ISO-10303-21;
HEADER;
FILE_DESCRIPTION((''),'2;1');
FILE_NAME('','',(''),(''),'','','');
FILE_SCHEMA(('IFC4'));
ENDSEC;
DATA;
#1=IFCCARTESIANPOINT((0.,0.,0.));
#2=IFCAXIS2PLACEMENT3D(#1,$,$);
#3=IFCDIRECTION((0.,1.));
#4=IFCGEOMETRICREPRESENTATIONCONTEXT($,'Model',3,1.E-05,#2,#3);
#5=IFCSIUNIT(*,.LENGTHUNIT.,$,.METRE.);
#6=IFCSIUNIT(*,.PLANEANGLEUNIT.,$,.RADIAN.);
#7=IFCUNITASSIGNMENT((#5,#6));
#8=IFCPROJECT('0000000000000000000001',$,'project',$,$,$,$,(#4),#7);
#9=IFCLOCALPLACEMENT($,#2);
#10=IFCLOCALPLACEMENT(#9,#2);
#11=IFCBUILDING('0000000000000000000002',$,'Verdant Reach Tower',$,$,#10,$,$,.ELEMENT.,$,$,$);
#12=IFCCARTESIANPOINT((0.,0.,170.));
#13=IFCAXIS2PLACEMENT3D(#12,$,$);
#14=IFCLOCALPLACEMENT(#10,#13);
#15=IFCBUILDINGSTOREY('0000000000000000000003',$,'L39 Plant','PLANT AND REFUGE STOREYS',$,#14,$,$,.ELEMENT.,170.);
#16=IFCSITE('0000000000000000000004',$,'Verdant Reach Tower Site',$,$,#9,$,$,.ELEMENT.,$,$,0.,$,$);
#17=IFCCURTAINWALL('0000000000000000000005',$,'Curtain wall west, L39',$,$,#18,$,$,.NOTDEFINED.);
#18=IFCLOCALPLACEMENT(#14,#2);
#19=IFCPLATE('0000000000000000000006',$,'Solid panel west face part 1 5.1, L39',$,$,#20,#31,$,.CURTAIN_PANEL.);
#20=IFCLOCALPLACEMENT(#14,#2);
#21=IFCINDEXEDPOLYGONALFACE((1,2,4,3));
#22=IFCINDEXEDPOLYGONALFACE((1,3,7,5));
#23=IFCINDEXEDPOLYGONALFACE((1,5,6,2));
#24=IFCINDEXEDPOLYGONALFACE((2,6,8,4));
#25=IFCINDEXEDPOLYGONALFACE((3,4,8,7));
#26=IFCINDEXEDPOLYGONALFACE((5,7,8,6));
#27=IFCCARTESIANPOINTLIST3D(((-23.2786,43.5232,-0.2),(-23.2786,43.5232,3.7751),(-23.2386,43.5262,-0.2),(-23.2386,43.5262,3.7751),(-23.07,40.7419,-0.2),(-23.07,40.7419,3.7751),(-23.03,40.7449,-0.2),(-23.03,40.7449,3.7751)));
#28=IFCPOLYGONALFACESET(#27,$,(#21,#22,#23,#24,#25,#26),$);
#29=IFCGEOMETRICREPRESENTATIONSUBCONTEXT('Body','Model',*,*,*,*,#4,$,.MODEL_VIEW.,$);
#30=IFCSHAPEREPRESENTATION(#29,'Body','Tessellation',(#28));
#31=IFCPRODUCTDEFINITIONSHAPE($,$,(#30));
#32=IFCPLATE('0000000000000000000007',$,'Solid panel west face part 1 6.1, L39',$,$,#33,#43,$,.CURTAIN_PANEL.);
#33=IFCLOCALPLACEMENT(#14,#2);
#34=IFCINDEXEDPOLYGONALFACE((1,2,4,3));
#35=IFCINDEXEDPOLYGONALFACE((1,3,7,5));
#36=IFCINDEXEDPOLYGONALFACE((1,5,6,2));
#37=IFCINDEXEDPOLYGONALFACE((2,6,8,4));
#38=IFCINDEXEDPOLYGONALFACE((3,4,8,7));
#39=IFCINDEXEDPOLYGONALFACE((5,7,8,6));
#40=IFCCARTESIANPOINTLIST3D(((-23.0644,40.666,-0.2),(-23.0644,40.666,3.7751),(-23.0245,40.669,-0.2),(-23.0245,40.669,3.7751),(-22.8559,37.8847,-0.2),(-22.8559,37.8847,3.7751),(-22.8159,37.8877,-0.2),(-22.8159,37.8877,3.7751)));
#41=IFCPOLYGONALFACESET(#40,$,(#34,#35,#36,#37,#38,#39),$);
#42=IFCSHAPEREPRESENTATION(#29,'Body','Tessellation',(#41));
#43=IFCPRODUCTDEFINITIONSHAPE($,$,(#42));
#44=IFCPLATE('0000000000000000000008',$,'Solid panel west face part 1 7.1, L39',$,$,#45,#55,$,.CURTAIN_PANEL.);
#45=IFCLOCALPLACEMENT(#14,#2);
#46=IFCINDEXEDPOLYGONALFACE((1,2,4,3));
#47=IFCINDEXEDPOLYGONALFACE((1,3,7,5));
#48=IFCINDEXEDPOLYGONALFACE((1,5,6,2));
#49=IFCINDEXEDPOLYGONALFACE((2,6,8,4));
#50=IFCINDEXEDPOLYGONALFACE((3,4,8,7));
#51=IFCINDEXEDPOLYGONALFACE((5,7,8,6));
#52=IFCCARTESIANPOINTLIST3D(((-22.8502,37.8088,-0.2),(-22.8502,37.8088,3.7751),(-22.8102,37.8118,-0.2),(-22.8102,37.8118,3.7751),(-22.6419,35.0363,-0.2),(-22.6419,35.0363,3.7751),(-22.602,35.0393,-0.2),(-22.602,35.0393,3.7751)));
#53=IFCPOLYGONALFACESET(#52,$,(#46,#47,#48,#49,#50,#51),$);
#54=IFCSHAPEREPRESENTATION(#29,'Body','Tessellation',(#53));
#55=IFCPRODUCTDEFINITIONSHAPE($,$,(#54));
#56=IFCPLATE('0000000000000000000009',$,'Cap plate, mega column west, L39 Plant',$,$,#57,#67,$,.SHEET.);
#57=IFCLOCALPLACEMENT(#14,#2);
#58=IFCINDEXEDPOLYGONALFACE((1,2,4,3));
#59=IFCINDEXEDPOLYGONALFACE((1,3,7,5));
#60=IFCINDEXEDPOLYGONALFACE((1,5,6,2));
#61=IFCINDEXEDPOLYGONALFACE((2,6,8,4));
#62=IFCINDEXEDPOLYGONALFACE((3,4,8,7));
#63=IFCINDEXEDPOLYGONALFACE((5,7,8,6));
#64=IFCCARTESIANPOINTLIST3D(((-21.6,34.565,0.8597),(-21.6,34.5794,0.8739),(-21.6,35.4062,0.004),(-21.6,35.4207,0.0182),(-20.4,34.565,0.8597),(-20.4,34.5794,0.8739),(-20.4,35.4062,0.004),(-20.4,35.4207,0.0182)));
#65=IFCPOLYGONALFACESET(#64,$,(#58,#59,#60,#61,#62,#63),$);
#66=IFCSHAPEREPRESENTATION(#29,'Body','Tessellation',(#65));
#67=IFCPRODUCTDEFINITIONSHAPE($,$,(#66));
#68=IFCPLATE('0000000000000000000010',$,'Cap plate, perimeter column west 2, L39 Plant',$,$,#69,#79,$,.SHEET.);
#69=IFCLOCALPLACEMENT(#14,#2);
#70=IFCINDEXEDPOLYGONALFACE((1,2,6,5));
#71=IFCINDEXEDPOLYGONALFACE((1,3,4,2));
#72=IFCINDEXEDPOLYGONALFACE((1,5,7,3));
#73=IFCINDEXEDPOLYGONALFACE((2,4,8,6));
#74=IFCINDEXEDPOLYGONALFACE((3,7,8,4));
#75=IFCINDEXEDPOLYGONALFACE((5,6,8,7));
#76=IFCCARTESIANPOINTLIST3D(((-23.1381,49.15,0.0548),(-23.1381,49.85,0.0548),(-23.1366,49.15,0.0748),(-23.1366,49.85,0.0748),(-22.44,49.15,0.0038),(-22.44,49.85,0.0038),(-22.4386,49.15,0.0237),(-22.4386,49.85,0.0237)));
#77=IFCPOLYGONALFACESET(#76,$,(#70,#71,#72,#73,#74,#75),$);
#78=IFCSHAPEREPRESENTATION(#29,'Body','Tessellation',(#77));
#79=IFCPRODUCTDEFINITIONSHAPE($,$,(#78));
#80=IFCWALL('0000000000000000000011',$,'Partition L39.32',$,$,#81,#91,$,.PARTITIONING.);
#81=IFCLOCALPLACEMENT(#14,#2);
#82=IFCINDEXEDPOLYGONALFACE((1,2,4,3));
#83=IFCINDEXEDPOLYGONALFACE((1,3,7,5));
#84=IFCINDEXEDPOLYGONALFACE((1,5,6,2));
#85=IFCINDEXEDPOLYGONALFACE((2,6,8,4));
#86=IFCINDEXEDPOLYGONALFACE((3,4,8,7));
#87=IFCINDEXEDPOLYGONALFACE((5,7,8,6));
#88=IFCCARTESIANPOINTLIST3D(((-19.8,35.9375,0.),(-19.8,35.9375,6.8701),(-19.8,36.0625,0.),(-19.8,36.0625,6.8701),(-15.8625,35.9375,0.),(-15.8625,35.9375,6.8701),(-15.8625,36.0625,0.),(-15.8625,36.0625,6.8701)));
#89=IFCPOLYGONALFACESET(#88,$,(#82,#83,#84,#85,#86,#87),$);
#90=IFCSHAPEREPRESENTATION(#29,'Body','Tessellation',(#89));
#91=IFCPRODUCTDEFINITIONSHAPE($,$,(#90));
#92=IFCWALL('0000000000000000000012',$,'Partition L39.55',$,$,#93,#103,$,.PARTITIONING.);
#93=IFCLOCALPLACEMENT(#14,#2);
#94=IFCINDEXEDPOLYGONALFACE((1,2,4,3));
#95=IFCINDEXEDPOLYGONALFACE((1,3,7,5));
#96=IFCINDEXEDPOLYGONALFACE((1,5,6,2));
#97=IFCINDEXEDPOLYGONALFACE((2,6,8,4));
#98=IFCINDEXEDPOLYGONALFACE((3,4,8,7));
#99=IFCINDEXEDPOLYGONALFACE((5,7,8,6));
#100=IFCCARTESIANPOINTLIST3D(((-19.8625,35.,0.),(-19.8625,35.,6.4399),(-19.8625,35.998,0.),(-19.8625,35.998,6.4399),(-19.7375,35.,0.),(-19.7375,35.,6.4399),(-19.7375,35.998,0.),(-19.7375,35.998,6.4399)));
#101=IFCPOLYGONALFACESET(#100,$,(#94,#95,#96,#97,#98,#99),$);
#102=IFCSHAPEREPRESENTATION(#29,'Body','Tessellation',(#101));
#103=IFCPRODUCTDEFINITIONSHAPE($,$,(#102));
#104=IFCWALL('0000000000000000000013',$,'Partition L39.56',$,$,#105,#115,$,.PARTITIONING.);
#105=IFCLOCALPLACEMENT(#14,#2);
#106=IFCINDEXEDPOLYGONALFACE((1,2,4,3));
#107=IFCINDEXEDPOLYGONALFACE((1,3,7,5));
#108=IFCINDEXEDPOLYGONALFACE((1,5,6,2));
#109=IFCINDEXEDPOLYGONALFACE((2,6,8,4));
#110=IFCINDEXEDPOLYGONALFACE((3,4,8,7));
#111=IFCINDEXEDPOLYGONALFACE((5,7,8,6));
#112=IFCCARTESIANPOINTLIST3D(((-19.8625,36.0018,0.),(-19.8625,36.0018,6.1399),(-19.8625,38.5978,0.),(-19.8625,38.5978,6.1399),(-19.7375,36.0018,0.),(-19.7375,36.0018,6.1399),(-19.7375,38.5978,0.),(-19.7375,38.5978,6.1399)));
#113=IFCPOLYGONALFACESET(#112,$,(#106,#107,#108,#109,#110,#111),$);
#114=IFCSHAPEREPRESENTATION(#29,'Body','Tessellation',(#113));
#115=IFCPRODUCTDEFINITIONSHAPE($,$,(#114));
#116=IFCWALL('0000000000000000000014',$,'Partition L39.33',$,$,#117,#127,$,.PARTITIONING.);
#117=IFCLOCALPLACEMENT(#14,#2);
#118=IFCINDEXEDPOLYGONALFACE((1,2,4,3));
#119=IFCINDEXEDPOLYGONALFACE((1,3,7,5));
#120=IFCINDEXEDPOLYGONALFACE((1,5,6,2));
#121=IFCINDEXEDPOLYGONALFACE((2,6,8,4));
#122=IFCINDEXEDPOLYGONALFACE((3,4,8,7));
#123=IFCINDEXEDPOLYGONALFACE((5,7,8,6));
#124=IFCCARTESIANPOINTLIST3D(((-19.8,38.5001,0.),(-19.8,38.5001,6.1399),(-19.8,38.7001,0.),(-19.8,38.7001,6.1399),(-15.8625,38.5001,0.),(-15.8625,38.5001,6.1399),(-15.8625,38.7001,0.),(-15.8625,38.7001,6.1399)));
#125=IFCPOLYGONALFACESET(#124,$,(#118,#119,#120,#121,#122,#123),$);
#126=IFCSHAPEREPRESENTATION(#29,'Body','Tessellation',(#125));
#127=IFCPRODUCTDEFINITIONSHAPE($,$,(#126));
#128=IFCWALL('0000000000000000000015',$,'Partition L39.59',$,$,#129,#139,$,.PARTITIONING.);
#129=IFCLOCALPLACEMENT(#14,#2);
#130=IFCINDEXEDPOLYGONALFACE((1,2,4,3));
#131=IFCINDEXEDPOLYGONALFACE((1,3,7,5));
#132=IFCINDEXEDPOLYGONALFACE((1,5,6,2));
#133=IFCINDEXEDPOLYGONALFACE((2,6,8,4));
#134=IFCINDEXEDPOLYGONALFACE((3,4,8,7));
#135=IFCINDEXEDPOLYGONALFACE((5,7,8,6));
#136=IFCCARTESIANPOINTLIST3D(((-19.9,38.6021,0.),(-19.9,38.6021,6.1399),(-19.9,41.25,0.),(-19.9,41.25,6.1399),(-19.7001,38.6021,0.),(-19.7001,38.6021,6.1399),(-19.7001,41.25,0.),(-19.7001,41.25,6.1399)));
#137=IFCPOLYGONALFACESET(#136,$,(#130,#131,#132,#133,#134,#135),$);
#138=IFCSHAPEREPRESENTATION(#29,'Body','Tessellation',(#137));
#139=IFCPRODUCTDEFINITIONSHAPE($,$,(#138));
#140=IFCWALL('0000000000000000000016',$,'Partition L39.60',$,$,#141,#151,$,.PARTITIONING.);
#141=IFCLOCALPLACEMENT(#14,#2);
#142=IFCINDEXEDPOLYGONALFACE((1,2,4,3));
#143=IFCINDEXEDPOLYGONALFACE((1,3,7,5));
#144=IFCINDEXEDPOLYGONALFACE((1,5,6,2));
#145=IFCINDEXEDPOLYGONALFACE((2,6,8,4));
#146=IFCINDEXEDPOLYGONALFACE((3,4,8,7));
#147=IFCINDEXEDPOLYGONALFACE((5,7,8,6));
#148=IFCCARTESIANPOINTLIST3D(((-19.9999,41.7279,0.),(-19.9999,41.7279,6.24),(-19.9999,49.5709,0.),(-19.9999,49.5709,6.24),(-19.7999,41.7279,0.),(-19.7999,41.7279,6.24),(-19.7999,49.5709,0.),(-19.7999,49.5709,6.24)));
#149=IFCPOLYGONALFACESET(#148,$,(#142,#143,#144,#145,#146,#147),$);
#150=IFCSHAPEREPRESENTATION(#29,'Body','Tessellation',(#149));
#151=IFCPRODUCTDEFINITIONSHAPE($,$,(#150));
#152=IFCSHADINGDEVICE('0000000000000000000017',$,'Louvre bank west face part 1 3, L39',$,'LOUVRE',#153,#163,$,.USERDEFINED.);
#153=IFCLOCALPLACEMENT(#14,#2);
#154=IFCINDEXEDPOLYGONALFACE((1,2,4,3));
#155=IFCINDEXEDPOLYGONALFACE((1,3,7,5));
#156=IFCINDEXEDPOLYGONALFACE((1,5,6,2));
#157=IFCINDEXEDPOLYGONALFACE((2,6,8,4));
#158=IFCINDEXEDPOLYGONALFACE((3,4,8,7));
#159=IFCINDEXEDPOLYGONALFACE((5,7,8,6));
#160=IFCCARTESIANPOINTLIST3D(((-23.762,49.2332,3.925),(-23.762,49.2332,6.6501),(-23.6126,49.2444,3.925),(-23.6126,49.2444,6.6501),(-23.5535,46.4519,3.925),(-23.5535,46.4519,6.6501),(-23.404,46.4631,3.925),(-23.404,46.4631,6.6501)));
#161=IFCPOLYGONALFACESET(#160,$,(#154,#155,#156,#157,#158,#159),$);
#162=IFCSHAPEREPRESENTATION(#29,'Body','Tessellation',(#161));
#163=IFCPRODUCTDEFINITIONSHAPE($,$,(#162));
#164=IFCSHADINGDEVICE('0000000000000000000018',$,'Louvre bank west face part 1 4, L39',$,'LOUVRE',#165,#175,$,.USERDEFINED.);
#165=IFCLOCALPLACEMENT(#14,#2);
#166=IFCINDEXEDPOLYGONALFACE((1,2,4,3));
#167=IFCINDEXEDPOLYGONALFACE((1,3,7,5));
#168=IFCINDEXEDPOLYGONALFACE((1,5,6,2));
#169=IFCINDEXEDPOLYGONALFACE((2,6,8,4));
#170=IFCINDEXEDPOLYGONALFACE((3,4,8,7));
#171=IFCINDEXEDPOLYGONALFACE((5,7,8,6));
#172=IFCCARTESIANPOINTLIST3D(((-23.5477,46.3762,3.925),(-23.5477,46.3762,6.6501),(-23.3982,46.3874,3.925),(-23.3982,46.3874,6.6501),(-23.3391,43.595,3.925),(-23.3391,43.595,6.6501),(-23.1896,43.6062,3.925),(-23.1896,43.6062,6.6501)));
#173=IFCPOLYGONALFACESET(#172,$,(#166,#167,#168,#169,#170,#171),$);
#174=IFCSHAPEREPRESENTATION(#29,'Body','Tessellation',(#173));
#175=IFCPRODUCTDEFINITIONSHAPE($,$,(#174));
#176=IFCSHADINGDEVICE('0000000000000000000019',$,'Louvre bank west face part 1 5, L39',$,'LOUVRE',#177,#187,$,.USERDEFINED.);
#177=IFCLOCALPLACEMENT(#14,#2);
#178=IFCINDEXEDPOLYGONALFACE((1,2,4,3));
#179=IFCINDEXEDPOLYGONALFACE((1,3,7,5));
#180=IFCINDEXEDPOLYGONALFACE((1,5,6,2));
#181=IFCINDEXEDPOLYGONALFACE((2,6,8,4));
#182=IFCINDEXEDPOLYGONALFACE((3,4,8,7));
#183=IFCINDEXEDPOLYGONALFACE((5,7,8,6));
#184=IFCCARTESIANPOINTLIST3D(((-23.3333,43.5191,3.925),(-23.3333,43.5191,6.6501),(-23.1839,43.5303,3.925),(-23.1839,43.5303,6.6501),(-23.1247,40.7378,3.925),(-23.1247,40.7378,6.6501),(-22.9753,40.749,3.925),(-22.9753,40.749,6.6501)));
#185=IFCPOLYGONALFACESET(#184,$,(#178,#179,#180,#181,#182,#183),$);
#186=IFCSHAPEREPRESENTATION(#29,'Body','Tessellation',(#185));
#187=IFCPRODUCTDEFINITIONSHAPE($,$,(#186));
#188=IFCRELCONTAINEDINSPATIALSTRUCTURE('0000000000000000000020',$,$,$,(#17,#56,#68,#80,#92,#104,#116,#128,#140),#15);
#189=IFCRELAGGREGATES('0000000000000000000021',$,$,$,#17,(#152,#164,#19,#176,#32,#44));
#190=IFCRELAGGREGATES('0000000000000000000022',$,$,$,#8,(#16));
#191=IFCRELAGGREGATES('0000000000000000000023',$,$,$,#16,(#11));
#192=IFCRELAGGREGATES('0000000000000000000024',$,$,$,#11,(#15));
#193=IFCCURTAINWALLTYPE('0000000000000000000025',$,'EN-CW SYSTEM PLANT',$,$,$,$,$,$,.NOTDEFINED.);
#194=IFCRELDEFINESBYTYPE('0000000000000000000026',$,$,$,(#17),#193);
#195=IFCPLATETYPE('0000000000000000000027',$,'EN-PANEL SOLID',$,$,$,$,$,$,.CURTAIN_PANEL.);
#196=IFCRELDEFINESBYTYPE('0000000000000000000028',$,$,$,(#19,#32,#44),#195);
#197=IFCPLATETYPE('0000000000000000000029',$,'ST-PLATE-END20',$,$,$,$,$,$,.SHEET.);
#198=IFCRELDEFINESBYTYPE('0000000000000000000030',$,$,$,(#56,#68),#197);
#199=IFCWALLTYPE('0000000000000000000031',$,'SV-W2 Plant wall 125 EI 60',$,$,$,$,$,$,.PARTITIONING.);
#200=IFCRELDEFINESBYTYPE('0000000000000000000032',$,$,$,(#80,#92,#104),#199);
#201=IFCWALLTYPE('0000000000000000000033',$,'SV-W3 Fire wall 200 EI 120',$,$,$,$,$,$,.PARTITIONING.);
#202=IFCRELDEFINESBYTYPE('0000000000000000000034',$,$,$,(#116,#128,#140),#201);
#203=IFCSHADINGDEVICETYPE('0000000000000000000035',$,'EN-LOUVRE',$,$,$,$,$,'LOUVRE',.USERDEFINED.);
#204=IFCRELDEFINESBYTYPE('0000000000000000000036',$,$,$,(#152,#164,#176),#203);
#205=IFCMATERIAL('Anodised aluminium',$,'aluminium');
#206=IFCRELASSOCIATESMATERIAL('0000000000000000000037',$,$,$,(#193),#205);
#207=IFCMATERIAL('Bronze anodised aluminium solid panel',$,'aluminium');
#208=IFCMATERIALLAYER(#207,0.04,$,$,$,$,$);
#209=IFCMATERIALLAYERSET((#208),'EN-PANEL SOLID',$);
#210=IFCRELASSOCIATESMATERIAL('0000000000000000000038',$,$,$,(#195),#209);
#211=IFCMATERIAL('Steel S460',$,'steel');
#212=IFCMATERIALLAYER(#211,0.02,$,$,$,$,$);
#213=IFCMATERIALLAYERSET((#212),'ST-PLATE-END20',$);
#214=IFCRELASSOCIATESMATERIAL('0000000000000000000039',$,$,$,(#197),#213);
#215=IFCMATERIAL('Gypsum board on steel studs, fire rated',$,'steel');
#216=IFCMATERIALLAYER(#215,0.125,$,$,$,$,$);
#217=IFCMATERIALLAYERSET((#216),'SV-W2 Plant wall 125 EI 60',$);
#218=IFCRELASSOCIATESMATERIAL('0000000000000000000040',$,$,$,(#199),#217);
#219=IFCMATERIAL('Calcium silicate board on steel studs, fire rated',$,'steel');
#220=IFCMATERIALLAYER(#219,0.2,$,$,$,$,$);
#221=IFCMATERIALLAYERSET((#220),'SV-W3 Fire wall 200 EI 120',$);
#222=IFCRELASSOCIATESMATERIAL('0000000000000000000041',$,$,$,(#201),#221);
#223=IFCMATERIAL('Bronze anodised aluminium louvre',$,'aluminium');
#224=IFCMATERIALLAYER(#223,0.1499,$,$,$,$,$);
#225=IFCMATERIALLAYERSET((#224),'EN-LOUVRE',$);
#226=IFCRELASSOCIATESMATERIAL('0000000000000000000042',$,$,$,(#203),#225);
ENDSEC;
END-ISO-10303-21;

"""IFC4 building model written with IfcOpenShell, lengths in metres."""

from ifc_helpers import new_model, si_unit, direction, frame, frame_2d, origin, origin_2d, place, context, subcontext, project, spatial, rectangle, extrude, material, layer, layer_set, type_object, element, aggregate, save


model = new_model("IFC4")

# Units and contexts
model_context = context("Model", 3, precision=1e-05, world=origin(), true_north=direction((0.0, 1.0)))
body_context = subcontext(model_context, "Body", "Model", "MODEL_VIEW")
ifc_project = project(units=[si_unit("LENGTHUNIT", "METRE"), si_unit("PLANEANGLEUNIT", "RADIAN")], contexts=[model_context])

# Site, building, storey
site_placement = place(None, origin())
site = spatial("IfcSite", under=ifc_project, at=site_placement, Name="Verdant Reach Tower Site", CompositionType="ELEMENT", RefElevation=0.0)
building_placement = place(site_placement, origin())
building = spatial("IfcBuilding", under=site, at=building_placement, Name="Verdant Reach Tower", CompositionType="ELEMENT")
storey_placement = place(building_placement, frame((0.0, 0.0, 170.0)))
storey = spatial("IfcBuildingStorey", under=building, at=storey_placement, Name="L39 Plant", Description="PLANT AND REFUGE STOREYS", CompositionType="ELEMENT", Elevation=170.0)

# Shared definitions
ifc_material_1 = material(Name="Steel S460", Category="steel")

# Curtain wall
ifc_material_2 = material(Name="Anodised aluminium", Category="aluminium")
curtain_wall_type = type_object("IfcCurtainWallType", Name="EN-CW SYSTEM PLANT", PredefinedType="NOTDEFINED", material=ifc_material_2)
curtain_wall_placement = place(storey_placement, origin())
curtain_wall = element("IfcCurtainWall", 1, at=curtain_wall_placement, inside=storey, type_object=curtain_wall_type, Name="Curtain wall west, L39", PredefinedType="NOTDEFINED")

# Plates
ifc_material_3 = material(Name="Bronze anodised aluminium solid panel", Category="aluminium")
ifc_layer_1 = layer(ifc_material_3, 0.04)
ifc_layer_set_1 = layer_set([ifc_layer_1], Name="EN-PANEL SOLID")
plate_type_1 = type_object("IfcPlateType", Name="EN-PANEL SOLID", PredefinedType="CURTAIN_PANEL", material=ifc_layer_set_1)
plate_1_placement = place(storey_placement, frame((-23.1543, 42.134, -0.2), z_axis=(0.0, 0.0, 1.0), x_axis=(0.07479, -0.997199, 0.0)))
plate_1 = element("IfcPlate", 2, at=plate_1_placement, type_object=plate_type_1, Name="Solid panel west face part 1 5.1, L39", PredefinedType="CURTAIN_PANEL", context=body_context, shape_type="SweptSolid", body=[
    extrude(rectangle(XDim=2.7891, YDim=0.04, at=origin_2d()), origin(), (0.0, 0.0, 1.0), 3.9751),
])
plate_2_placement = place(storey_placement, frame((-22.9402, 39.2769, -0.2), z_axis=(0.0, 0.0, 1.0), x_axis=(0.07479, -0.997199, 0.0)))
plate_2 = element("IfcPlate", 3, at=plate_2_placement, type_object=plate_type_1, Name="Solid panel west face part 1 6.1, L39", PredefinedType="CURTAIN_PANEL", context=body_context, shape_type="SweptSolid", body=[
    extrude(rectangle(XDim=2.7891, YDim=0.04, at=origin_2d()), origin(), (0.0, 0.0, 1.0), 3.9751),
])
plate_3_placement = place(storey_placement, frame((-22.7261, 36.4241, -0.2), z_axis=(0.0, 0.0, 1.0), x_axis=(0.074906, -0.997191, 0.0)))
plate_3 = element("IfcPlate", 4, at=plate_3_placement, type_object=plate_type_1, Name="Solid panel west face part 1 7.1, L39", PredefinedType="CURTAIN_PANEL", context=body_context, shape_type="SweptSolid", body=[
    extrude(rectangle(XDim=2.7803, YDim=0.04, at=origin_2d()), origin(), (0.0, 0.0, 1.0), 3.9751),
])

# Plates
ifc_layer_2 = layer(ifc_material_1, 0.02)
ifc_layer_set_2 = layer_set([ifc_layer_2], Name="ST-PLATE-END20")
plate_type_2 = type_object("IfcPlateType", Name="ST-PLATE-END20", PredefinedType="SHEET", material=ifc_layer_set_2)
plate_4_placement = place(storey_placement, frame((-21.0, 34.9856, 0.4319), z_axis=(0.0, 0.713124, 0.701038), x_axis=(-1.0, 0.0, 0.0)))
element("IfcPlate", 5, at=plate_4_placement, inside=storey, type_object=plate_type_2, Name="Cap plate, mega column west, L39 Plant", PredefinedType="SHEET", context=body_context, shape_type="SweptSolid", body=[
    extrude(rectangle(XDim=1.2, YDim=1.2, at=origin_2d()), origin(), (0.0, 0.0, 1.0), 0.0203),
])
plate_5_placement = place(storey_placement, frame((-22.7891, 49.5, 0.0293), z_axis=(0.072976, 0.0, 0.997334), x_axis=(0.0, 1.0, 0.0)))
element("IfcPlate", 6, at=plate_5_placement, inside=storey, type_object=plate_type_2, Name="Cap plate, perimeter column west 2, L39 Plant", PredefinedType="SHEET", context=body_context, shape_type="SweptSolid", body=[
    extrude(rectangle(XDim=0.7, YDim=0.7, at=origin_2d()), origin(), (0.0, 0.0, 1.0), 0.02),
])

# Walls
ifc_material_4 = material(Name="Gypsum board on steel studs, fire rated", Category="steel")
ifc_layer_3 = layer(ifc_material_4, 0.125)
ifc_layer_set_3 = layer_set([ifc_layer_3], Name="SV-W2 Plant wall 125 EI 60")
wall_type_1 = type_object("IfcWallType", Name="SV-W2 Plant wall 125 EI 60", PredefinedType="PARTITIONING", material=ifc_layer_set_3)
wall_1_placement = place(storey_placement, frame((-19.8, 36.0, 0.0), z_axis=(0.0, 0.0, 1.0), x_axis=(1.0, 0.0, 0.0)))
element("IfcWall", 7, at=wall_1_placement, inside=storey, type_object=wall_type_1, Name="Partition L39.32", PredefinedType="PARTITIONING", context=body_context, shape_type="SweptSolid", body=[
    extrude(rectangle(XDim=3.9375, YDim=0.125, at=frame_2d((1.9688, 0.0))), origin(), (0.0, 0.0, 1.0), 6.8701),
])
wall_2_placement = place(storey_placement, frame((-19.8, 35.0, 0.0), z_axis=(0.0, 0.0, 1.0), x_axis=(0.0, 1.0, 0.0)))
element("IfcWall", 8, at=wall_2_placement, inside=storey, type_object=wall_type_1, Name="Partition L39.55", PredefinedType="PARTITIONING", context=body_context, shape_type="SweptSolid", body=[
    extrude(rectangle(XDim=0.998, YDim=0.125, at=frame_2d((0.499, 0.0))), origin(), (0.0, 0.0, 1.0), 6.4399),
])
wall_3_placement = place(storey_placement, frame((-19.8, 36.002, 0.0), z_axis=(0.0, 0.0, 1.0), x_axis=(0.0, 1.0, 0.0)))
element("IfcWall", 9, at=wall_3_placement, inside=storey, type_object=wall_type_1, Name="Partition L39.56", PredefinedType="PARTITIONING", context=body_context, shape_type="SweptSolid", body=[
    extrude(rectangle(XDim=2.5959, YDim=0.125, at=frame_2d((1.2979, 0.0))), origin(), (0.0, 0.0, 1.0), 6.1399),
])
ifc_material_5 = material(Name="Calcium silicate board on steel studs, fire rated", Category="steel")
ifc_layer_4 = layer(ifc_material_5, 0.2)
ifc_layer_set_4 = layer_set([ifc_layer_4], Name="SV-W3 Fire wall 200 EI 120")
wall_type_2 = type_object("IfcWallType", Name="SV-W3 Fire wall 200 EI 120", PredefinedType="PARTITIONING", material=ifc_layer_set_4)
wall_4_placement = place(storey_placement, frame((-19.8, 38.6001, 0.0), z_axis=(0.0, 0.0, 1.0), x_axis=(1.0, 0.0, 0.0)))
element("IfcWall", 10, at=wall_4_placement, inside=storey, type_object=wall_type_2, Name="Partition L39.33", PredefinedType="PARTITIONING", context=body_context, shape_type="SweptSolid", body=[
    extrude(rectangle(XDim=3.9375, YDim=0.2, at=frame_2d((1.9688, 0.0))), origin(), (0.0, 0.0, 1.0), 6.1399),
])
wall_5_placement = place(storey_placement, frame((-19.8, 38.6021, 0.0), z_axis=(0.0, 0.0, 1.0), x_axis=(0.0, 1.0, 0.0)))
element("IfcWall", 11, at=wall_5_placement, inside=storey, type_object=wall_type_2, Name="Partition L39.59", PredefinedType="PARTITIONING", context=body_context, shape_type="SweptSolid", body=[
    extrude(rectangle(XDim=2.6479, YDim=0.2, at=frame_2d((1.324, 0.0))), origin(), (0.0, 0.0, 1.0), 6.1399),
])
wall_6_placement = place(storey_placement, frame((-19.8999, 41.728, 0.0), z_axis=(0.0, 0.0, 1.0), x_axis=(0.0, 1.0, 0.0)))
element("IfcWall", 12, at=wall_6_placement, inside=storey, type_object=wall_type_2, Name="Partition L39.60", PredefinedType="PARTITIONING", context=body_context, shape_type="SweptSolid", body=[
    extrude(rectangle(XDim=7.843, YDim=0.2, at=frame_2d((3.9214, 0.0))), origin(), (0.0, 0.0, 1.0), 6.24),
])

# Shading devices
ifc_material_6 = material(Name="Bronze anodised aluminium louvre", Category="aluminium")
ifc_layer_5 = layer(ifc_material_6, 0.1499)
ifc_layer_set_5 = layer_set([ifc_layer_5], Name="EN-LOUVRE")
shading_device_type = type_object("IfcShadingDeviceType", Name="EN-LOUVRE", ElementType="LOUVRE", PredefinedType="USERDEFINED", material=ifc_layer_set_5)
shading_device_1_placement = place(storey_placement, frame((-23.583, 47.8481, 3.925), z_axis=(0.0, 0.0, 1.0), x_axis=(0.07479, -0.997199, 0.0)))
shading_device_1 = element("IfcShadingDevice", 13, at=shading_device_1_placement, type_object=shading_device_type, Name="Louvre bank west face part 1 3, L39", ObjectType="LOUVRE", PredefinedType="USERDEFINED", context=body_context, shape_type="SweptSolid", body=[
    extrude(rectangle(XDim=2.7891, YDim=0.1499, at=origin_2d()), origin(), (0.0, 0.0, 1.0), 2.7251),
])
shading_device_2_placement = place(storey_placement, frame((-23.3687, 44.9912, 3.925), z_axis=(0.0, 0.0, 1.0), x_axis=(0.07479, -0.997199, 0.0)))
shading_device_2 = element("IfcShadingDevice", 14, at=shading_device_2_placement, type_object=shading_device_type, Name="Louvre bank west face part 1 4, L39", ObjectType="LOUVRE", PredefinedType="USERDEFINED", context=body_context, shape_type="SweptSolid", body=[
    extrude(rectangle(XDim=2.7891, YDim=0.1499, at=origin_2d()), origin(), (0.0, 0.0, 1.0), 2.7251),
])
shading_device_3_placement = place(storey_placement, frame((-23.1543, 42.134, 3.925), z_axis=(0.0, 0.0, 1.0), x_axis=(0.07479, -0.997199, 0.0)))
shading_device_3 = element("IfcShadingDevice", 15, at=shading_device_3_placement, type_object=shading_device_type, Name="Louvre bank west face part 1 5, L39", ObjectType="LOUVRE", PredefinedType="USERDEFINED", context=body_context, shape_type="SweptSolid", body=[
    extrude(rectangle(XDim=2.7891, YDim=0.1499, at=origin_2d()), origin(), (0.0, 0.0, 1.0), 2.7251),
])
aggregate(curtain_wall, [shading_device_1, shading_device_2, plate_1, shading_device_3, plate_2, plate_3])

save(model, "model.ifc")
